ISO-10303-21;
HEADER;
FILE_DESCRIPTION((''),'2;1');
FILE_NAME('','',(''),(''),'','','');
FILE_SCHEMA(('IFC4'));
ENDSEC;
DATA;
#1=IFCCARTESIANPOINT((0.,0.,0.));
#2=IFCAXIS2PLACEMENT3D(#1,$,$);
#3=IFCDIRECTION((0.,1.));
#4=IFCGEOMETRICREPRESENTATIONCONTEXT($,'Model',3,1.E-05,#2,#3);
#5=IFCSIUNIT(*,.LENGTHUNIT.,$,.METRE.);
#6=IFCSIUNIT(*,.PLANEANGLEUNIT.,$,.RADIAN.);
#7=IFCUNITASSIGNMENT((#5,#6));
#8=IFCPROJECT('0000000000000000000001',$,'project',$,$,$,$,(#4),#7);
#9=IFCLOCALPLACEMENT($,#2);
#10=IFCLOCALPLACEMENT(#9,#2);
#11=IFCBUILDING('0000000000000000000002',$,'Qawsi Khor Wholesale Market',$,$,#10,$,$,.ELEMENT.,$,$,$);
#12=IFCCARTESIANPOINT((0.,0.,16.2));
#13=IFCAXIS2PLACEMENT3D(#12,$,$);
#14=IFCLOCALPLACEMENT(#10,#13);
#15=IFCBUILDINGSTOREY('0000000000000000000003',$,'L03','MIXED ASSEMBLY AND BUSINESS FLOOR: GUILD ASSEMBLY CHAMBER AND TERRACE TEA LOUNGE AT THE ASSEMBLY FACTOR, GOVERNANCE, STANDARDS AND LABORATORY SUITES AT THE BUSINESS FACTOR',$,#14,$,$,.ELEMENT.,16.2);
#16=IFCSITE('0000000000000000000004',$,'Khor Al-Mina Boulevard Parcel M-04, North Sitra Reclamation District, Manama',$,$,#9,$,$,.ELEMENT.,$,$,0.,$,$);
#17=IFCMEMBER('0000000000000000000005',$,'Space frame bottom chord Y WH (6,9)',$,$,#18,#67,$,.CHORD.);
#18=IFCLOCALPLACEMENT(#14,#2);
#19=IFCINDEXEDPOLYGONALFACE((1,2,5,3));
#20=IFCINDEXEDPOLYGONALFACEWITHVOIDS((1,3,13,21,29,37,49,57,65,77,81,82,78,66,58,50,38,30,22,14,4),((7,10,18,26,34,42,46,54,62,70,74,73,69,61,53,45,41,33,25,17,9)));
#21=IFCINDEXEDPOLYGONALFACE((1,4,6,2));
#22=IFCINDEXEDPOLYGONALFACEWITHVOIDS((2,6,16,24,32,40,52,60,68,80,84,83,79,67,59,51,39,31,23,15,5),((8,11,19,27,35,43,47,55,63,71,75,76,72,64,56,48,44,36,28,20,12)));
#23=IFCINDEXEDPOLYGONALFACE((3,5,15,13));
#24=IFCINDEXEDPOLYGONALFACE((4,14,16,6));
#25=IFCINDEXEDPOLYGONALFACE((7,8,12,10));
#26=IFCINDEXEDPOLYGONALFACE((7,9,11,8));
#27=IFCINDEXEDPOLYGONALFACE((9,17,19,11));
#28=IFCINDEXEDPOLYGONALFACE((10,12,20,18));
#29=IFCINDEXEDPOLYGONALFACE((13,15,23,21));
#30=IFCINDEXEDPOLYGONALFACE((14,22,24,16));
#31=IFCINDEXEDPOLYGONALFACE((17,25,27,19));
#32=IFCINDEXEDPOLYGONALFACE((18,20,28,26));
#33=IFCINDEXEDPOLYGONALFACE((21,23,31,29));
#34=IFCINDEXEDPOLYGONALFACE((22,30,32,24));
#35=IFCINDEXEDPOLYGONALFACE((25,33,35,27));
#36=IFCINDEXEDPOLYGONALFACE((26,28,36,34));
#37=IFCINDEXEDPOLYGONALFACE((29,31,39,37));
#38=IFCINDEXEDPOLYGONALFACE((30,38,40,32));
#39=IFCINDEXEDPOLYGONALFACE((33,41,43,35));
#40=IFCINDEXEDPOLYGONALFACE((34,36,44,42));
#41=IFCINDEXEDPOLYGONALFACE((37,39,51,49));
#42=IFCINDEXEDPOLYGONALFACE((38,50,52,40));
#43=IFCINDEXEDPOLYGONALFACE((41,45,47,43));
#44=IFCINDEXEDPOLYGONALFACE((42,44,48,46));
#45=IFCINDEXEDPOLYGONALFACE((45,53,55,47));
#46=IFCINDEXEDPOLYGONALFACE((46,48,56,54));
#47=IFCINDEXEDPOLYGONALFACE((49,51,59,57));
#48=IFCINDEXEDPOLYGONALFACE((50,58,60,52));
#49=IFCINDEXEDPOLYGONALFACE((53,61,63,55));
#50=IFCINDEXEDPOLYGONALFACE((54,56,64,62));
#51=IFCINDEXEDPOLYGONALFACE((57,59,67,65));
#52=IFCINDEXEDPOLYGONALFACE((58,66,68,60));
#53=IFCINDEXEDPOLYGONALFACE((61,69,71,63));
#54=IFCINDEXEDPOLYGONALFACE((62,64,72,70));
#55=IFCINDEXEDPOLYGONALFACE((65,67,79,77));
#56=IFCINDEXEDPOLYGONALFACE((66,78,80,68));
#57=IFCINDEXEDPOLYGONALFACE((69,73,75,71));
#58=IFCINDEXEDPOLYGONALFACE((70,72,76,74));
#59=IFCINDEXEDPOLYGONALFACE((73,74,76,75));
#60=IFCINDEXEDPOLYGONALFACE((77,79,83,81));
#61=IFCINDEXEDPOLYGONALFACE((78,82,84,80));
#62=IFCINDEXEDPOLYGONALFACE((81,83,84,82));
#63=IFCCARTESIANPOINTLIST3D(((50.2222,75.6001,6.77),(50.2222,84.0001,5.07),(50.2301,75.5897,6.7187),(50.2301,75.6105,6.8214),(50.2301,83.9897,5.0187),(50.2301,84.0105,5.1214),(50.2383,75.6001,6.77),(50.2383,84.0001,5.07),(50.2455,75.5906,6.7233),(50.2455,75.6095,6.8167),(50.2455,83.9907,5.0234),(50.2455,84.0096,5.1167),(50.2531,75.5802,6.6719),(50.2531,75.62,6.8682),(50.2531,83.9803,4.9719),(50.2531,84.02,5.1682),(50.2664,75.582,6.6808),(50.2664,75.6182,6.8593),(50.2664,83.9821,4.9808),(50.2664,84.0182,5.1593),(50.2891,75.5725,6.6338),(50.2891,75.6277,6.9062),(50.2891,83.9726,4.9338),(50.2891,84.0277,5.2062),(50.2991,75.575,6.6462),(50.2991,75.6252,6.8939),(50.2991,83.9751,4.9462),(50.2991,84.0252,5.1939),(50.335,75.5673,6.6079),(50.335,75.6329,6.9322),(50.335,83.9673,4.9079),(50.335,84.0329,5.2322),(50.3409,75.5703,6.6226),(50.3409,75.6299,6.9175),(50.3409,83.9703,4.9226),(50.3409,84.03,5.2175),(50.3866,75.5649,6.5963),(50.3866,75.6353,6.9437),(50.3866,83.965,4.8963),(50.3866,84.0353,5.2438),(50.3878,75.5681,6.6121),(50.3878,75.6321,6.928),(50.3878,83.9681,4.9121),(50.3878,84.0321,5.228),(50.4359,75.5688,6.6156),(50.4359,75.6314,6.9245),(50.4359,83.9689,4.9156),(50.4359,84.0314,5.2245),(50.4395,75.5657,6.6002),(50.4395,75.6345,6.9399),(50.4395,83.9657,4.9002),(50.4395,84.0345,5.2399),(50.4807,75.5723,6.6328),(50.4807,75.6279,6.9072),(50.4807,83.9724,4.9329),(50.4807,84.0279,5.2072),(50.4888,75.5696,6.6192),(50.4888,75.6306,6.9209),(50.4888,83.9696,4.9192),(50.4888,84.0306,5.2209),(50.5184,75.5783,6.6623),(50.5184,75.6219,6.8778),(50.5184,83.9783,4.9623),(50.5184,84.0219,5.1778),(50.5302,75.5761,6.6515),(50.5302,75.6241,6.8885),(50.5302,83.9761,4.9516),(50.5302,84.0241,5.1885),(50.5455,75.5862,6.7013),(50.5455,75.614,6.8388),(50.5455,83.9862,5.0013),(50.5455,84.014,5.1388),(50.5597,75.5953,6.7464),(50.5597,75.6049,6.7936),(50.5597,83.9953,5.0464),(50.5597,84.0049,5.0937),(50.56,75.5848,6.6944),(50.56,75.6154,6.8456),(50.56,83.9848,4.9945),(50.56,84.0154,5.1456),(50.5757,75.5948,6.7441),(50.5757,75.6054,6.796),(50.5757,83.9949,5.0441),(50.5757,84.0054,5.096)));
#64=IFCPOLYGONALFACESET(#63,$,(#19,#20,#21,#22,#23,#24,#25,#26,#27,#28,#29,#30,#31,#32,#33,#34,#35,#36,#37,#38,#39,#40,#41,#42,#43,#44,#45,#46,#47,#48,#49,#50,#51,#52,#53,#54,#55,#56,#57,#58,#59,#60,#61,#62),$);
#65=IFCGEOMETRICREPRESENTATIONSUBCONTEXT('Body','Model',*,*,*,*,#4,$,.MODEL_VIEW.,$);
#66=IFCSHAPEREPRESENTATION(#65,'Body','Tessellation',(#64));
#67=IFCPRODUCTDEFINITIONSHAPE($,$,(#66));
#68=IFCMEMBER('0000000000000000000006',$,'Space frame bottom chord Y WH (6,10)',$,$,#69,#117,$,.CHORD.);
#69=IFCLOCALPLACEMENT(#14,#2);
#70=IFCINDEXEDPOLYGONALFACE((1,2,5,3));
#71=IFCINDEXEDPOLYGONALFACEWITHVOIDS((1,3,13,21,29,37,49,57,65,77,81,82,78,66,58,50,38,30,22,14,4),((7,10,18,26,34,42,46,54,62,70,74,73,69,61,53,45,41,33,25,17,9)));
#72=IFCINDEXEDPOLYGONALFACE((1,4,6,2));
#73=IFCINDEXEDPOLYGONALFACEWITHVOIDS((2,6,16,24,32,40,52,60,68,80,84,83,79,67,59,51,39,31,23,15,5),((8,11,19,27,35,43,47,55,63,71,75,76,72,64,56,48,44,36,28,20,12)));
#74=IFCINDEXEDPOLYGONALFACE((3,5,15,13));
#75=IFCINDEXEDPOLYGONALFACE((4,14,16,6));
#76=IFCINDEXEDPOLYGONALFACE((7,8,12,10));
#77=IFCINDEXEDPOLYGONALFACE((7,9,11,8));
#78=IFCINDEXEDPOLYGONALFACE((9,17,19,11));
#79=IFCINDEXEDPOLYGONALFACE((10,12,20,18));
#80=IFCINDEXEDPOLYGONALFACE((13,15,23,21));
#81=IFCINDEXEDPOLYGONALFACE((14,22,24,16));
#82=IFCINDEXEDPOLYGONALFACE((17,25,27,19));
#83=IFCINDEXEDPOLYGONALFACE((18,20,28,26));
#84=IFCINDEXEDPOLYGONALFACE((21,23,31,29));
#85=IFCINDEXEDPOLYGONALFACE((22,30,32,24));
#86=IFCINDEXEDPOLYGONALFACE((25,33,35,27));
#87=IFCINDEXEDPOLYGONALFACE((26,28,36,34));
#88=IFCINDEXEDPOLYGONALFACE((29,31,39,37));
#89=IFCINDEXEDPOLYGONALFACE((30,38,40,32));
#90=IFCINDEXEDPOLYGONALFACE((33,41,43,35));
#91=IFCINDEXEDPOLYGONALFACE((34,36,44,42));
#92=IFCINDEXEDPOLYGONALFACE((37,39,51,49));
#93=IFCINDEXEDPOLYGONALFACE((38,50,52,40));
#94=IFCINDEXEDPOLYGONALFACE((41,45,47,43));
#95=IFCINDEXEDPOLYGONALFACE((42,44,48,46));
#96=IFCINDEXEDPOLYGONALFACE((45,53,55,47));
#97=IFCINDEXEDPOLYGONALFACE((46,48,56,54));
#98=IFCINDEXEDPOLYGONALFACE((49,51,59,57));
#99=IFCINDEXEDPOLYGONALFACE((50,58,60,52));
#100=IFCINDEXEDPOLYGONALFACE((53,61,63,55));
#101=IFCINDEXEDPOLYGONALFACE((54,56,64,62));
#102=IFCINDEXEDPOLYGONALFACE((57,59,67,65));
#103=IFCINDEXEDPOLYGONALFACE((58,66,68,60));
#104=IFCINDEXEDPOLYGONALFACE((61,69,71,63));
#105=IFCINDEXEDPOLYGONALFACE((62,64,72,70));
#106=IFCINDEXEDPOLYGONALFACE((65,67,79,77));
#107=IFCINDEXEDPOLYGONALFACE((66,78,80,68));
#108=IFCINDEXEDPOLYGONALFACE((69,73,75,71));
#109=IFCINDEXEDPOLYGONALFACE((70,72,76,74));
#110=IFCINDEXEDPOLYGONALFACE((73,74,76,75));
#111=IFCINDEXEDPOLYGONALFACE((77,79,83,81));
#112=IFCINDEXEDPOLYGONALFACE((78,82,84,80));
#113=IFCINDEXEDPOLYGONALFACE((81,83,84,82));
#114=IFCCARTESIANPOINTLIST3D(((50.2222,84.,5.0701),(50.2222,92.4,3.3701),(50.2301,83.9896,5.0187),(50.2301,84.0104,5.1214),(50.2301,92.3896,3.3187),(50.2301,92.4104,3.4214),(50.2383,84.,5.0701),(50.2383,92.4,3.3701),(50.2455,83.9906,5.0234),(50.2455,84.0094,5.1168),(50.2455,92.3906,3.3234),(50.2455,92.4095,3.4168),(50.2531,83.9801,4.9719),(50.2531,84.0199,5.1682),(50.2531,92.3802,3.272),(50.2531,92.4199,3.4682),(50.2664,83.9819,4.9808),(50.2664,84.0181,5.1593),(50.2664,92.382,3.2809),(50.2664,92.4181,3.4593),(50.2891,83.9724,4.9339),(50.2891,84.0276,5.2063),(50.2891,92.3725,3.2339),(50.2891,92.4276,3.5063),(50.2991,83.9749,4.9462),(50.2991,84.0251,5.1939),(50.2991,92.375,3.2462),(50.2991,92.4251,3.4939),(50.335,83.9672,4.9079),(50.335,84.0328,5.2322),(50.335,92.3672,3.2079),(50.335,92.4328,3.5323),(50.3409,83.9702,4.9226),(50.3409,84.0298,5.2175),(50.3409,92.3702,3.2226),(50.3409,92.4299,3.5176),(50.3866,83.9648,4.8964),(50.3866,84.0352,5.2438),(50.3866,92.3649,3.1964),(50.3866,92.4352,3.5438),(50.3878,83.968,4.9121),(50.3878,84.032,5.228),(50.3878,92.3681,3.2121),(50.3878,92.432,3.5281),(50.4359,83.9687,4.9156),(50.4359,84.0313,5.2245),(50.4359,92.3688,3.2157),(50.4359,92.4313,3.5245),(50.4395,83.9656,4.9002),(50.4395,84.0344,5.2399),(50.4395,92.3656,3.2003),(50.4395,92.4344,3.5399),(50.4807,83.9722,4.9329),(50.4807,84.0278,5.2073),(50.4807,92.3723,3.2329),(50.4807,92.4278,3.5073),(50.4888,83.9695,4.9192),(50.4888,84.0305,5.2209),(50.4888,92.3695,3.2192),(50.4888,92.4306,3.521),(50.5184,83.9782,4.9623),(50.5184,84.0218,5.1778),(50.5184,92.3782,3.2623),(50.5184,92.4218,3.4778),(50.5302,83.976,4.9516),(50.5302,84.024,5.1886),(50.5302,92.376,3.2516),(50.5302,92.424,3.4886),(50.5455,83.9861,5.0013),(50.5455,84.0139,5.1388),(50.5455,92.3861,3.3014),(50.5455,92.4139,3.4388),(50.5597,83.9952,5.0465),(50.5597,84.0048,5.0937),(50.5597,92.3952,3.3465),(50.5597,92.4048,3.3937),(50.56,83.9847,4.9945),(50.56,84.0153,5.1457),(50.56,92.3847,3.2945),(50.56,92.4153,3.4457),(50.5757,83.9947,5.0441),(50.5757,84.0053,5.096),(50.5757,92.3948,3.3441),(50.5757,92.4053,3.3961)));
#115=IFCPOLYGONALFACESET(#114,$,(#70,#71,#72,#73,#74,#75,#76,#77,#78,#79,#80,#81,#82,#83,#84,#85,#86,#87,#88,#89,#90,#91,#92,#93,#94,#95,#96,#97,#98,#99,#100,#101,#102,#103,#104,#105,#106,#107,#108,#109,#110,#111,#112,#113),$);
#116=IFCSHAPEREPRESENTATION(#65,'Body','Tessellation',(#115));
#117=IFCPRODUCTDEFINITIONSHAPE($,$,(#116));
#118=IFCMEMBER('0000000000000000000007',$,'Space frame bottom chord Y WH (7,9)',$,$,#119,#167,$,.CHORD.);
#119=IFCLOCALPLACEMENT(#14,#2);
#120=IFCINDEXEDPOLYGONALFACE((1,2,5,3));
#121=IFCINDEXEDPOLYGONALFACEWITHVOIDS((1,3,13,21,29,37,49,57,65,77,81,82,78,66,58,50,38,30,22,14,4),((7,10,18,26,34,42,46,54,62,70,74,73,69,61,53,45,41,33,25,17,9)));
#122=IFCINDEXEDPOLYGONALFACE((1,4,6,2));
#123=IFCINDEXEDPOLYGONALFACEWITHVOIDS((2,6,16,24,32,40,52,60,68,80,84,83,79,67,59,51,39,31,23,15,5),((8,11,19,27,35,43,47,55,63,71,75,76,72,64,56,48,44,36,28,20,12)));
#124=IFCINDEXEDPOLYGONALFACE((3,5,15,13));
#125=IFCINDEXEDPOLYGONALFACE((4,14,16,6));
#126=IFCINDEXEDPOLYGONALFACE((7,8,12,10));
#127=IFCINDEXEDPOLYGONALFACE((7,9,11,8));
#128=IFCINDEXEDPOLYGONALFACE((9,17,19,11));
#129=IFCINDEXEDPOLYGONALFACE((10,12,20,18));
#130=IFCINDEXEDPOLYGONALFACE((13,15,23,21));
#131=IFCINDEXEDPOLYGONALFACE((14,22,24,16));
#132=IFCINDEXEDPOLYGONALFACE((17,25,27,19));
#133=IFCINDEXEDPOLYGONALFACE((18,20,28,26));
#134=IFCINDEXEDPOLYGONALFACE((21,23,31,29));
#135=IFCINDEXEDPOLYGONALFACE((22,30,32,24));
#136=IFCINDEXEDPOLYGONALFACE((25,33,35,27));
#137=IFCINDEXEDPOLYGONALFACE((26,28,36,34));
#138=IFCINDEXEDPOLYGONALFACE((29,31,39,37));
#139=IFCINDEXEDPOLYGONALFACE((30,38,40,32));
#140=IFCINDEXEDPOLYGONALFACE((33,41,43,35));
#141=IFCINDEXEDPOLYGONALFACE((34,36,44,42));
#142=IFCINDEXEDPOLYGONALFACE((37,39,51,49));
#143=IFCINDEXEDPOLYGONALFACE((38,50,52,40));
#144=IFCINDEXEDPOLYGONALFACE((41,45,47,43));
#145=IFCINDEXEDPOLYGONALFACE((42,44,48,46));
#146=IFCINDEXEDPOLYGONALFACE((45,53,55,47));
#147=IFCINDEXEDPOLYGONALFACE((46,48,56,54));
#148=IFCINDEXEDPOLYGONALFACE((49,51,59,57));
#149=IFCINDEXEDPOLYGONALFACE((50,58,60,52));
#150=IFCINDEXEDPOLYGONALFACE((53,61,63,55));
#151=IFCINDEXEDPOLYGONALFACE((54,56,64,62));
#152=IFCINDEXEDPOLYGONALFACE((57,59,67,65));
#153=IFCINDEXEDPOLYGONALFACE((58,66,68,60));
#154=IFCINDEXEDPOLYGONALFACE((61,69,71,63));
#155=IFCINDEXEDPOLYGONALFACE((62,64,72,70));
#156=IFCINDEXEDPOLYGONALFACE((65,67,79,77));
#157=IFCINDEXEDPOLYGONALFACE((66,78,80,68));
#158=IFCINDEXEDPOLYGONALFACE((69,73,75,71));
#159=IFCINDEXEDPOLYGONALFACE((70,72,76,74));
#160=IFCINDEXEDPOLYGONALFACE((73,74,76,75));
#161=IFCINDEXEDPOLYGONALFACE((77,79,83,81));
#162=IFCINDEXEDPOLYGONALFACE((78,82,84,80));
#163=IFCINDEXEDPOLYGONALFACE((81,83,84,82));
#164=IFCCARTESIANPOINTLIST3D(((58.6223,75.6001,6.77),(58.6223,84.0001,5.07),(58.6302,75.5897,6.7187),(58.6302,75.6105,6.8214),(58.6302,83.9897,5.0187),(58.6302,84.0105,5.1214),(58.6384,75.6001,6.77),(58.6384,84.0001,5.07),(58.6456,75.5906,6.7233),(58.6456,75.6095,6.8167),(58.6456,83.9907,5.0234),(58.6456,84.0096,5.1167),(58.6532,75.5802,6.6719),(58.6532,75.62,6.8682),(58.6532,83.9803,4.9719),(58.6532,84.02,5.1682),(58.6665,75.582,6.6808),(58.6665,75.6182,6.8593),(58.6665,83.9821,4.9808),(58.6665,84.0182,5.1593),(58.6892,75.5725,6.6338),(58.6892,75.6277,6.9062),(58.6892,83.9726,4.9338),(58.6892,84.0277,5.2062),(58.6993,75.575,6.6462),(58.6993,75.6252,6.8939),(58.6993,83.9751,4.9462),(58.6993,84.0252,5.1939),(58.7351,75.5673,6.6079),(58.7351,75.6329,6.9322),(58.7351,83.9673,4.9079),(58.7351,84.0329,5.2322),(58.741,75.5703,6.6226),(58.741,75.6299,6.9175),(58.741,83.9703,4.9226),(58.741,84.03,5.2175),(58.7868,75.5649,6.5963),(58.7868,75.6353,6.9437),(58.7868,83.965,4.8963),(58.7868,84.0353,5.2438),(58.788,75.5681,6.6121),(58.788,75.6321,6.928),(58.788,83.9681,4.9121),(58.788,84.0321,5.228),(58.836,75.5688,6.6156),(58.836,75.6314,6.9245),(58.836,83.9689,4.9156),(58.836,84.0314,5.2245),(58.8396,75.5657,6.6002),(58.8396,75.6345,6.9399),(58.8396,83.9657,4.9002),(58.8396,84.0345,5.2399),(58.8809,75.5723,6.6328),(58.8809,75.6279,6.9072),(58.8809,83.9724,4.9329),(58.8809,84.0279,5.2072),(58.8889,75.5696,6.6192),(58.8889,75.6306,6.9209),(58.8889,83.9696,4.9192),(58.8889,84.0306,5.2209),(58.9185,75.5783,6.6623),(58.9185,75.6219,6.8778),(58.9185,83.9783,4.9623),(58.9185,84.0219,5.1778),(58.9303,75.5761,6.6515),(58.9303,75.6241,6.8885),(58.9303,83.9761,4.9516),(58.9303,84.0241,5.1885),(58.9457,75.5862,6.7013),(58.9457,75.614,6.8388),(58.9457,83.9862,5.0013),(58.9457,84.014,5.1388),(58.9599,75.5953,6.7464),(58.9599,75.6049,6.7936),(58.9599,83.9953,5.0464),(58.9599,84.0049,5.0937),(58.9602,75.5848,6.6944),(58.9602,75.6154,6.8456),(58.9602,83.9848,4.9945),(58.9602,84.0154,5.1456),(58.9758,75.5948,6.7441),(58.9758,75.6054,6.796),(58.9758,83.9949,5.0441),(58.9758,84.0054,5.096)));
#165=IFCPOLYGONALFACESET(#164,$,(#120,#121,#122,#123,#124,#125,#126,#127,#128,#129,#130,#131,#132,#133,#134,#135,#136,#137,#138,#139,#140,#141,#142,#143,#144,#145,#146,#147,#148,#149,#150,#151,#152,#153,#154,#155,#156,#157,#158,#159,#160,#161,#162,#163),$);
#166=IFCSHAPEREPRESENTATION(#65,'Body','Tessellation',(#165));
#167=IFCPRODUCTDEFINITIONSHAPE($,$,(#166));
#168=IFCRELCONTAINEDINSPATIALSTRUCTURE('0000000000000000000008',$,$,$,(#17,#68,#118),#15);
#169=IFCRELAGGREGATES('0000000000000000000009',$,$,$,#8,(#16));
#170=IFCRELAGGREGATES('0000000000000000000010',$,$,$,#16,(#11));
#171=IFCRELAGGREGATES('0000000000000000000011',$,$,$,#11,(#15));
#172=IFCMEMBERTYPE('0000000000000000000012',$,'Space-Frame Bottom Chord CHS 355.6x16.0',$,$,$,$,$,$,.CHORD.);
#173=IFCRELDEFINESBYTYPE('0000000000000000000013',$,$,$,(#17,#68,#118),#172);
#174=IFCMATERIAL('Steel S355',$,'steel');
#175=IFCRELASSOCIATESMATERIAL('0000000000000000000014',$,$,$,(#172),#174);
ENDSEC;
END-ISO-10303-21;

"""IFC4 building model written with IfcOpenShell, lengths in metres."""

from ifc_helpers import new_model, si_unit, direction, frame, origin, origin_2d, place, context, subcontext, project, spatial, hollow_circle, extrude, material, material_profile, profile_set, type_object, element, save


model = new_model("IFC4")

# Units and contexts
model_context = context("Model", 3, precision=1e-05, world=origin(), true_north=direction((0.0, 1.0)))
body_context = subcontext(model_context, "Body", "Model", "MODEL_VIEW")
ifc_project = project(units=[si_unit("LENGTHUNIT", "METRE"), si_unit("PLANEANGLEUNIT", "RADIAN")], contexts=[model_context])

# Site, building, storey
site_placement = place(None, origin())
site = spatial("IfcSite", under=ifc_project, at=site_placement, Name="Khor Al-Mina Boulevard Parcel M-04, North Sitra Reclamation District, Manama", CompositionType="ELEMENT", RefElevation=0.0)
building_placement = place(site_placement, origin())
building = spatial("IfcBuilding", under=site, at=building_placement, Name="Qawsi Khor Wholesale Market", CompositionType="ELEMENT")
storey_placement = place(building_placement, frame((0.0, 0.0, 16.2)))
storey = spatial("IfcBuildingStorey", under=building, at=storey_placement, Name="L03", Description="MIXED ASSEMBLY AND BUSINESS FLOOR: GUILD ASSEMBLY CHAMBER AND TERRACE TEA LOUNGE AT THE ASSEMBLY FACTOR, GOVERNANCE, STANDARDS AND LABORATORY SUITES AT THE BUSINESS FACTOR", CompositionType="ELEMENT", Elevation=16.2)

# Members
ifc_material_1 = material(Name="Steel S355", Category="steel")
ifc_material_profile_1 = material_profile(ifc_material_1, hollow_circle(Radius=0.1777, WallThickness=0.0161, at=origin_2d()), Name="CHS 355.6x16.0")
ifc_profile_set_1 = profile_set([ifc_material_profile_1], Name="Steel S355")
member_type_1 = type_object("IfcMemberType", Name="Space-Frame Bottom Chord CHS 355.6x16.0", PredefinedType="CHORD", material=ifc_profile_set_1)
for number, where, z_axis, x_axis, name in (
    (1, (50.3999, 75.6001, 6.77), (0.0, 0.98013, -0.198356), (-1.0, 0.0, 0.0), "Space frame bottom chord Y WH (6,9)"),
    (2, (50.3999, 84.0, 5.0701), (0.0, 0.98013, -0.198356), (-1.0, 0.0, 0.0), "Space frame bottom chord Y WH (6,10)"),
    (3, (58.8, 75.6001, 6.77), (0.0, 0.98013, -0.198356), (-1.0, 0.0, 0.0), "Space frame bottom chord Y WH (7,9)"),
):
    element("IfcMember", number, at=place(storey_placement, frame(where, z_axis=z_axis, x_axis=x_axis)), inside=storey, type_object=member_type_1, Name=name, PredefinedType="CHORD", context=body_context, shape_type="SweptSolid", body=[
        extrude(hollow_circle(Radius=0.1777, WallThickness=0.0161, at=origin_2d()), origin(), (0.0, 0.0, 1.0), 8.5703),
    ])

save(model, "model.ifc")
